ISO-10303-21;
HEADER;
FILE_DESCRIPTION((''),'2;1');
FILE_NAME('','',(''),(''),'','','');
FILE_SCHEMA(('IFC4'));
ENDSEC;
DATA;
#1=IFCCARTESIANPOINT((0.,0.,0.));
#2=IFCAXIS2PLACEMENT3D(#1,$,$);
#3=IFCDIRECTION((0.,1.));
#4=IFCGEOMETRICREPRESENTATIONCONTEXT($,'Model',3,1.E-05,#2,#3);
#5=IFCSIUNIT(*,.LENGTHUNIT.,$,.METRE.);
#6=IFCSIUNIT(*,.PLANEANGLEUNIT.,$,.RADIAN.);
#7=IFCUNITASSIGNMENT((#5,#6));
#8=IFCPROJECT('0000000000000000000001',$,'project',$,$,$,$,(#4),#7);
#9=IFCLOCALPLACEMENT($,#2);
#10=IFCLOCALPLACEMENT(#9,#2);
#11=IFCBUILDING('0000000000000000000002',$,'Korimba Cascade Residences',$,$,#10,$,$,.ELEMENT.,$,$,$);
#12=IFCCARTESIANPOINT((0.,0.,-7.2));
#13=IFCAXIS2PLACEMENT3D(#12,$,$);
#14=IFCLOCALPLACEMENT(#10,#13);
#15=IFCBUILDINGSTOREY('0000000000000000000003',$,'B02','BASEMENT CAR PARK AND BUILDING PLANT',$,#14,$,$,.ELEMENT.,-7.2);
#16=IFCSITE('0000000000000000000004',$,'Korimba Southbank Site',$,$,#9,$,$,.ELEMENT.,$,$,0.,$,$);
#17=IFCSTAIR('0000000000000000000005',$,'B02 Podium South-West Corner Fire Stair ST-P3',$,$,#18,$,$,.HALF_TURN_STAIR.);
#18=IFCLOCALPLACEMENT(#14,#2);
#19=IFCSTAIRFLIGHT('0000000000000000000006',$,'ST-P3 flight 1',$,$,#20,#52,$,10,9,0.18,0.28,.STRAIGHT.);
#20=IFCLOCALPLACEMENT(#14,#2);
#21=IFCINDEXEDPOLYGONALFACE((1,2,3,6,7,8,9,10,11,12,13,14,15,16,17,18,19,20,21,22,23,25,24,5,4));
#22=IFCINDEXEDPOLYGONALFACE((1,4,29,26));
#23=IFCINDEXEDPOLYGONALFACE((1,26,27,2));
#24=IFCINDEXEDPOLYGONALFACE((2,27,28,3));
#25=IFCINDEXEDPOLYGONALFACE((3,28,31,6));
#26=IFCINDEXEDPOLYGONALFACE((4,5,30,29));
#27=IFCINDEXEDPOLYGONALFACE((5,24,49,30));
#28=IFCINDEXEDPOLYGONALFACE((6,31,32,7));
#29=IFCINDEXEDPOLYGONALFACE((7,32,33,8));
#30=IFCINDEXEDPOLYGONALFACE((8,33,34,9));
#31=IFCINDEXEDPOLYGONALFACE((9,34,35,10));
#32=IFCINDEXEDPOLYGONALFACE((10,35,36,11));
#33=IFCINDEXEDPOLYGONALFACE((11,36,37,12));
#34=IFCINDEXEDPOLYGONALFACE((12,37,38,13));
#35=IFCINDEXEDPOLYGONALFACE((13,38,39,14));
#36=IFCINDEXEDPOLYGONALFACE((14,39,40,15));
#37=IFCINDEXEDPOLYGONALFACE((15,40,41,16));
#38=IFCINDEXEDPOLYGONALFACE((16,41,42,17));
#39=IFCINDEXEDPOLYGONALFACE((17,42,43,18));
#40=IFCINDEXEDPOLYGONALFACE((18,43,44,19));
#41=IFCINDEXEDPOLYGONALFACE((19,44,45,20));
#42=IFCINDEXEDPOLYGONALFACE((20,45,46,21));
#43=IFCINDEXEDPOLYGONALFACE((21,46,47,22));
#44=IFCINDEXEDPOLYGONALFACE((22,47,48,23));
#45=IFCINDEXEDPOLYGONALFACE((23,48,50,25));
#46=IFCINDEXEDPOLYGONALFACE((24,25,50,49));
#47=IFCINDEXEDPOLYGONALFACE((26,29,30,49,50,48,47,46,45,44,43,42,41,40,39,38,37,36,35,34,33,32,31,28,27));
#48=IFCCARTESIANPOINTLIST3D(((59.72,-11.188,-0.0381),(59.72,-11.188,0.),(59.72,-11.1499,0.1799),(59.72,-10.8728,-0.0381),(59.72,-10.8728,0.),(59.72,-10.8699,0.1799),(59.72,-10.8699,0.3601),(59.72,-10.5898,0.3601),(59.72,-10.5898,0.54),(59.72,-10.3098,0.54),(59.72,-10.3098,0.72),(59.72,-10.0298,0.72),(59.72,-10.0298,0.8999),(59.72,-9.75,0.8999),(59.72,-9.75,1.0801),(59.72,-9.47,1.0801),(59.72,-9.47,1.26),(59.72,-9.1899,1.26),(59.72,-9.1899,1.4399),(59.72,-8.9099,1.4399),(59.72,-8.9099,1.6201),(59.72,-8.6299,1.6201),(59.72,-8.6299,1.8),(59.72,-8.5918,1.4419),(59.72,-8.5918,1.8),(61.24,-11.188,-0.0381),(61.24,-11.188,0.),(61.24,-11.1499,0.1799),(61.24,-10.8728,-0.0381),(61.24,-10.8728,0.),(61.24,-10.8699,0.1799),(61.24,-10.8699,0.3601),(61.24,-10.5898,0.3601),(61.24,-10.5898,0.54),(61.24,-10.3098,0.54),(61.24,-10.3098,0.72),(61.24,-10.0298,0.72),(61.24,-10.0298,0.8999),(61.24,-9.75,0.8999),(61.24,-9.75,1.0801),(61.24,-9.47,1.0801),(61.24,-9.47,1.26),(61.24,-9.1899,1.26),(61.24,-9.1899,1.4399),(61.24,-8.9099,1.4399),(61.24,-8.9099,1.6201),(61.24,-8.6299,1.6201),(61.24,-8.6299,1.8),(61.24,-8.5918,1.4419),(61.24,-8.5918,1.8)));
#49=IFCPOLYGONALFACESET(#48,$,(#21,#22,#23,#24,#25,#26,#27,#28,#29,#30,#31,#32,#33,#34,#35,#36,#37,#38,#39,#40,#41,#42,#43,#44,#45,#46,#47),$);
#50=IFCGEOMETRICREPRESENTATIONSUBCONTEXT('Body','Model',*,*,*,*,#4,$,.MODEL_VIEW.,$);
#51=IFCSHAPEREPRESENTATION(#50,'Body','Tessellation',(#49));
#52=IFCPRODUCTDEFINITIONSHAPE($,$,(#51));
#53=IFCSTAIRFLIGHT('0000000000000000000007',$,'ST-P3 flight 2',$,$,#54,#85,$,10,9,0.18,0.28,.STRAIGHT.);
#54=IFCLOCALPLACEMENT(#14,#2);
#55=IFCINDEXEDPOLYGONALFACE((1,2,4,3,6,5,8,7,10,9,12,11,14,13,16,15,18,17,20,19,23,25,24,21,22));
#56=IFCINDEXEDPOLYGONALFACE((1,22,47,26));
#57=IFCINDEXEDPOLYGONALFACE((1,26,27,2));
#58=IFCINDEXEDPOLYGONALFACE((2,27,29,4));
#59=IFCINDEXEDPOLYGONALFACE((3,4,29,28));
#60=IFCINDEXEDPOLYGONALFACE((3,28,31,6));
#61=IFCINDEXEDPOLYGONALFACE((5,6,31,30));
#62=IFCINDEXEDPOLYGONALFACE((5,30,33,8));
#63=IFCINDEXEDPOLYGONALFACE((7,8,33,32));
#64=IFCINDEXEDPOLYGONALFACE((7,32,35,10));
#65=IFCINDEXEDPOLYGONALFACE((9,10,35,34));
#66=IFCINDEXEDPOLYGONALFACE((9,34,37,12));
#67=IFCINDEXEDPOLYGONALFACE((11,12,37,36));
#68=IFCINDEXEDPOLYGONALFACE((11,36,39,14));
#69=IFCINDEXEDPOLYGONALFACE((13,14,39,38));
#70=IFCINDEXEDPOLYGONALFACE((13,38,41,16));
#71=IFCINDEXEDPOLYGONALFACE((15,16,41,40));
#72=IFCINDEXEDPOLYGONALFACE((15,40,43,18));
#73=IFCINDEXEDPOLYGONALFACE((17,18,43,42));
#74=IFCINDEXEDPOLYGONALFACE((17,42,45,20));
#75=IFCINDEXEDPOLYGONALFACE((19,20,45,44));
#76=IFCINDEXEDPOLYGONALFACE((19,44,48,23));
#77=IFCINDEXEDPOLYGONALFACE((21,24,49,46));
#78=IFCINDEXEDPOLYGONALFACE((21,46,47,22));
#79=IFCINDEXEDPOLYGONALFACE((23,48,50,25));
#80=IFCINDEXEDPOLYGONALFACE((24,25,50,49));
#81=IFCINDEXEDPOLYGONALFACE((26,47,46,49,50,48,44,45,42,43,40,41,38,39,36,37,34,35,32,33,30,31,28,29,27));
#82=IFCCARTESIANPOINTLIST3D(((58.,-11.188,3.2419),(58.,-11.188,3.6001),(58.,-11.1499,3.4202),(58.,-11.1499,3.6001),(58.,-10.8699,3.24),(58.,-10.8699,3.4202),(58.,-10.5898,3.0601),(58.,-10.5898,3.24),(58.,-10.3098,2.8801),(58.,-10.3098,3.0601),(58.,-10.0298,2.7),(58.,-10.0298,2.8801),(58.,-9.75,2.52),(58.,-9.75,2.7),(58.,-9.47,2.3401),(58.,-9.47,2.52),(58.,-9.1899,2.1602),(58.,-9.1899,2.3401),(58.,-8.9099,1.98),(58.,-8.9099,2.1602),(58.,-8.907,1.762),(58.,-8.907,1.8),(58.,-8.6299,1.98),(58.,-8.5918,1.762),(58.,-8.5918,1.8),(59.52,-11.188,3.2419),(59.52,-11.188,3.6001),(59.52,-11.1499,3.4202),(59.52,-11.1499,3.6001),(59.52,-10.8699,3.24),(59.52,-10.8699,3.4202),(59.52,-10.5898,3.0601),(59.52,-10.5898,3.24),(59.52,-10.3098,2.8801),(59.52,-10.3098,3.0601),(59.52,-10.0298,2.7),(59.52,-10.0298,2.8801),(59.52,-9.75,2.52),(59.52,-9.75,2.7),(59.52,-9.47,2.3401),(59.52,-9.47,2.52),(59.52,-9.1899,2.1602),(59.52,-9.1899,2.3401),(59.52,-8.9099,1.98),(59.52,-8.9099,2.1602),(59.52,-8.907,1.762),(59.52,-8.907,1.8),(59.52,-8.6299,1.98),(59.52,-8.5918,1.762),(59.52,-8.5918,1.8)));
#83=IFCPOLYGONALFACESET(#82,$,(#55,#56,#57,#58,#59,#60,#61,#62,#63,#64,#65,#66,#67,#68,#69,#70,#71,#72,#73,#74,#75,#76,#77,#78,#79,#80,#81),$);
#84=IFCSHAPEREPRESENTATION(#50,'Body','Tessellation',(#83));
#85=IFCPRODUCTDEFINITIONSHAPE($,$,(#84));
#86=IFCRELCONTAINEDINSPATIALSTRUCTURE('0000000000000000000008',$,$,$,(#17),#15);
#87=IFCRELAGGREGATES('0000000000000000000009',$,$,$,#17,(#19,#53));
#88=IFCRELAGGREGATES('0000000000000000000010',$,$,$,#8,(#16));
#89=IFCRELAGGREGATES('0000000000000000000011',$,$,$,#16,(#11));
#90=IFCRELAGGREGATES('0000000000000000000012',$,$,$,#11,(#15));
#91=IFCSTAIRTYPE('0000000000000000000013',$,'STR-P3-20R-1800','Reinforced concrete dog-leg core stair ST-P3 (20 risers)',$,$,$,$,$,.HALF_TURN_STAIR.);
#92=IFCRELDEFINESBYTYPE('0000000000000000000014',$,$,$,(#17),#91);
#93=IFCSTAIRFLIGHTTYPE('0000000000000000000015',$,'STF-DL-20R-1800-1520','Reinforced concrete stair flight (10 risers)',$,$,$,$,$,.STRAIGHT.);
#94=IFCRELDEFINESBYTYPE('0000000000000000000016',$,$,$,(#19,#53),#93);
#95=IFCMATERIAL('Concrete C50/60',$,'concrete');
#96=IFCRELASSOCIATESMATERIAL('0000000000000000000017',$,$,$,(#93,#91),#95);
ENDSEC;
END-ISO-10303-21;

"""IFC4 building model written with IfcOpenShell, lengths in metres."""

from ifc_helpers import new_model, si_unit, direction, frame, origin, place, context, subcontext, project, spatial, polyline, outline, extrude, material, type_object, element, aggregate, save


model = new_model("IFC4")

# Units and contexts
model_context = context("Model", 3, precision=1e-05, world=origin(), true_north=direction((0.0, 1.0)))
body_context = subcontext(model_context, "Body", "Model", "MODEL_VIEW")
ifc_project = project(units=[si_unit("LENGTHUNIT", "METRE"), si_unit("PLANEANGLEUNIT", "RADIAN")], contexts=[model_context])

# Site, building, storey
site_placement = place(None, origin())
site = spatial("IfcSite", under=ifc_project, at=site_placement, Name="Korimba Southbank Site", CompositionType="ELEMENT", RefElevation=0.0)
building_placement = place(site_placement, origin())
building = spatial("IfcBuilding", under=site, at=building_placement, Name="Korimba Cascade Residences", CompositionType="ELEMENT")
storey_placement = place(building_placement, frame((0.0, 0.0, -7.2)))
storey = spatial("IfcBuildingStorey", under=building, at=storey_placement, Name="B02", Description="BASEMENT CAR PARK AND BUILDING PLANT", CompositionType="ELEMENT", Elevation=-7.2)

# Shared definitions
ifc_material_1 = material(Name="Concrete C50/60", Category="concrete")

# Shared definitions
stair_flight_type = type_object("IfcStairFlightType", Name="STF-DL-20R-1800-1520", Description="Reinforced concrete stair flight (10 risers)", PredefinedType="STRAIGHT", material=ifc_material_1)

# Stair, stair flights
stair_type_1 = type_object("IfcStairType", Name="STR-P3-20R-1800", Description="Reinforced concrete dog-leg core stair ST-P3 (20 risers)", PredefinedType="HALF_TURN_STAIR", material=ifc_material_1)
stair_1_placement = place(storey_placement, origin())
stair_1 = element("IfcStair", 1, at=stair_1_placement, inside=storey, type_object=stair_type_1, Name="B02 Podium South-West Corner Fire Stair ST-P3", PredefinedType="HALF_TURN_STAIR")
stair_flight_1_placement = place(storey_placement, frame((60.48, -11.1499, 0.0), z_axis=(0.0, 0.0, 1.0), x_axis=(0.0, 1.0, 0.0)))
stair_flight_1 = element("IfcStairFlight", 2, at=stair_flight_1_placement, type_object=stair_flight_type, Name="ST-P3 flight 1", NumberOfRisers=10, NumberOfTreads=9, PredefinedType="STRAIGHT", RiserHeight=0.18, TreadLength=0.28, context=body_context, shape_type="SweptSolid", body=[
    extrude(outline(polyline([(-0.0381, 0.0), (0.0, 0.1799), (0.28, 0.1799), (0.28, 0.3601), (0.5601, 0.3601), (0.5601, 0.54), (0.8401, 0.54), (0.8401, 0.72), (1.1201, 0.72), (1.1201, 0.8999), (1.3999, 0.8999), (1.3999, 1.0801), (1.6799, 1.0801), (1.6799, 1.26), (1.96, 1.26), (1.96, 1.4399), (2.24, 1.4399), (2.24, 1.6201), (2.52, 1.6201), (2.52, 1.8), (2.5581, 1.8), (2.5581, 1.4419), (0.2771, 0.0), (0.2771, -0.0381), (-0.0381, -0.0381), (-0.0381, 0.0)])), frame((0.0, 0.76, 0.0), z_axis=(0.0, -1.0, 0.0), x_axis=(1.0, 0.0, 0.0)), (0.0, 0.0, 1.0), 1.52),
])
stair_flight_2_placement = place(storey_placement, frame((58.76, -8.6299, 1.8), z_axis=(0.0, 0.0, 1.0), x_axis=(0.0, -1.0, 0.0)))
stair_flight_2 = element("IfcStairFlight", 3, at=stair_flight_2_placement, type_object=stair_flight_type, Name="ST-P3 flight 2", NumberOfRisers=10, NumberOfTreads=9, PredefinedType="STRAIGHT", RiserHeight=0.18, TreadLength=0.28, context=body_context, shape_type="SweptSolid", body=[
    extrude(outline(polyline([(-0.0381, 0.0), (0.0, 0.1799), (0.28, 0.1799), (0.28, 0.3601), (0.5601, 0.3601), (0.5601, 0.54), (0.8401, 0.54), (0.8401, 0.72), (1.1201, 0.72), (1.1201, 0.8999), (1.3999, 0.8999), (1.3999, 1.0801), (1.6799, 1.0801), (1.6799, 1.26), (1.96, 1.26), (1.96, 1.4399), (2.24, 1.4399), (2.24, 1.6201), (2.52, 1.6201), (2.52, 1.8), (2.5581, 1.8), (2.5581, 1.4419), (0.2771, 0.0), (0.2771, -0.0381), (-0.0381, -0.0381), (-0.0381, 0.0)])), frame((0.0, 0.76, 0.0), z_axis=(0.0, -1.0, 0.0), x_axis=(1.0, 0.0, 0.0)), (0.0, 0.0, 1.0), 1.52),
])
aggregate(stair_1, [stair_flight_1, stair_flight_2])

save(model, "model.ifc")
